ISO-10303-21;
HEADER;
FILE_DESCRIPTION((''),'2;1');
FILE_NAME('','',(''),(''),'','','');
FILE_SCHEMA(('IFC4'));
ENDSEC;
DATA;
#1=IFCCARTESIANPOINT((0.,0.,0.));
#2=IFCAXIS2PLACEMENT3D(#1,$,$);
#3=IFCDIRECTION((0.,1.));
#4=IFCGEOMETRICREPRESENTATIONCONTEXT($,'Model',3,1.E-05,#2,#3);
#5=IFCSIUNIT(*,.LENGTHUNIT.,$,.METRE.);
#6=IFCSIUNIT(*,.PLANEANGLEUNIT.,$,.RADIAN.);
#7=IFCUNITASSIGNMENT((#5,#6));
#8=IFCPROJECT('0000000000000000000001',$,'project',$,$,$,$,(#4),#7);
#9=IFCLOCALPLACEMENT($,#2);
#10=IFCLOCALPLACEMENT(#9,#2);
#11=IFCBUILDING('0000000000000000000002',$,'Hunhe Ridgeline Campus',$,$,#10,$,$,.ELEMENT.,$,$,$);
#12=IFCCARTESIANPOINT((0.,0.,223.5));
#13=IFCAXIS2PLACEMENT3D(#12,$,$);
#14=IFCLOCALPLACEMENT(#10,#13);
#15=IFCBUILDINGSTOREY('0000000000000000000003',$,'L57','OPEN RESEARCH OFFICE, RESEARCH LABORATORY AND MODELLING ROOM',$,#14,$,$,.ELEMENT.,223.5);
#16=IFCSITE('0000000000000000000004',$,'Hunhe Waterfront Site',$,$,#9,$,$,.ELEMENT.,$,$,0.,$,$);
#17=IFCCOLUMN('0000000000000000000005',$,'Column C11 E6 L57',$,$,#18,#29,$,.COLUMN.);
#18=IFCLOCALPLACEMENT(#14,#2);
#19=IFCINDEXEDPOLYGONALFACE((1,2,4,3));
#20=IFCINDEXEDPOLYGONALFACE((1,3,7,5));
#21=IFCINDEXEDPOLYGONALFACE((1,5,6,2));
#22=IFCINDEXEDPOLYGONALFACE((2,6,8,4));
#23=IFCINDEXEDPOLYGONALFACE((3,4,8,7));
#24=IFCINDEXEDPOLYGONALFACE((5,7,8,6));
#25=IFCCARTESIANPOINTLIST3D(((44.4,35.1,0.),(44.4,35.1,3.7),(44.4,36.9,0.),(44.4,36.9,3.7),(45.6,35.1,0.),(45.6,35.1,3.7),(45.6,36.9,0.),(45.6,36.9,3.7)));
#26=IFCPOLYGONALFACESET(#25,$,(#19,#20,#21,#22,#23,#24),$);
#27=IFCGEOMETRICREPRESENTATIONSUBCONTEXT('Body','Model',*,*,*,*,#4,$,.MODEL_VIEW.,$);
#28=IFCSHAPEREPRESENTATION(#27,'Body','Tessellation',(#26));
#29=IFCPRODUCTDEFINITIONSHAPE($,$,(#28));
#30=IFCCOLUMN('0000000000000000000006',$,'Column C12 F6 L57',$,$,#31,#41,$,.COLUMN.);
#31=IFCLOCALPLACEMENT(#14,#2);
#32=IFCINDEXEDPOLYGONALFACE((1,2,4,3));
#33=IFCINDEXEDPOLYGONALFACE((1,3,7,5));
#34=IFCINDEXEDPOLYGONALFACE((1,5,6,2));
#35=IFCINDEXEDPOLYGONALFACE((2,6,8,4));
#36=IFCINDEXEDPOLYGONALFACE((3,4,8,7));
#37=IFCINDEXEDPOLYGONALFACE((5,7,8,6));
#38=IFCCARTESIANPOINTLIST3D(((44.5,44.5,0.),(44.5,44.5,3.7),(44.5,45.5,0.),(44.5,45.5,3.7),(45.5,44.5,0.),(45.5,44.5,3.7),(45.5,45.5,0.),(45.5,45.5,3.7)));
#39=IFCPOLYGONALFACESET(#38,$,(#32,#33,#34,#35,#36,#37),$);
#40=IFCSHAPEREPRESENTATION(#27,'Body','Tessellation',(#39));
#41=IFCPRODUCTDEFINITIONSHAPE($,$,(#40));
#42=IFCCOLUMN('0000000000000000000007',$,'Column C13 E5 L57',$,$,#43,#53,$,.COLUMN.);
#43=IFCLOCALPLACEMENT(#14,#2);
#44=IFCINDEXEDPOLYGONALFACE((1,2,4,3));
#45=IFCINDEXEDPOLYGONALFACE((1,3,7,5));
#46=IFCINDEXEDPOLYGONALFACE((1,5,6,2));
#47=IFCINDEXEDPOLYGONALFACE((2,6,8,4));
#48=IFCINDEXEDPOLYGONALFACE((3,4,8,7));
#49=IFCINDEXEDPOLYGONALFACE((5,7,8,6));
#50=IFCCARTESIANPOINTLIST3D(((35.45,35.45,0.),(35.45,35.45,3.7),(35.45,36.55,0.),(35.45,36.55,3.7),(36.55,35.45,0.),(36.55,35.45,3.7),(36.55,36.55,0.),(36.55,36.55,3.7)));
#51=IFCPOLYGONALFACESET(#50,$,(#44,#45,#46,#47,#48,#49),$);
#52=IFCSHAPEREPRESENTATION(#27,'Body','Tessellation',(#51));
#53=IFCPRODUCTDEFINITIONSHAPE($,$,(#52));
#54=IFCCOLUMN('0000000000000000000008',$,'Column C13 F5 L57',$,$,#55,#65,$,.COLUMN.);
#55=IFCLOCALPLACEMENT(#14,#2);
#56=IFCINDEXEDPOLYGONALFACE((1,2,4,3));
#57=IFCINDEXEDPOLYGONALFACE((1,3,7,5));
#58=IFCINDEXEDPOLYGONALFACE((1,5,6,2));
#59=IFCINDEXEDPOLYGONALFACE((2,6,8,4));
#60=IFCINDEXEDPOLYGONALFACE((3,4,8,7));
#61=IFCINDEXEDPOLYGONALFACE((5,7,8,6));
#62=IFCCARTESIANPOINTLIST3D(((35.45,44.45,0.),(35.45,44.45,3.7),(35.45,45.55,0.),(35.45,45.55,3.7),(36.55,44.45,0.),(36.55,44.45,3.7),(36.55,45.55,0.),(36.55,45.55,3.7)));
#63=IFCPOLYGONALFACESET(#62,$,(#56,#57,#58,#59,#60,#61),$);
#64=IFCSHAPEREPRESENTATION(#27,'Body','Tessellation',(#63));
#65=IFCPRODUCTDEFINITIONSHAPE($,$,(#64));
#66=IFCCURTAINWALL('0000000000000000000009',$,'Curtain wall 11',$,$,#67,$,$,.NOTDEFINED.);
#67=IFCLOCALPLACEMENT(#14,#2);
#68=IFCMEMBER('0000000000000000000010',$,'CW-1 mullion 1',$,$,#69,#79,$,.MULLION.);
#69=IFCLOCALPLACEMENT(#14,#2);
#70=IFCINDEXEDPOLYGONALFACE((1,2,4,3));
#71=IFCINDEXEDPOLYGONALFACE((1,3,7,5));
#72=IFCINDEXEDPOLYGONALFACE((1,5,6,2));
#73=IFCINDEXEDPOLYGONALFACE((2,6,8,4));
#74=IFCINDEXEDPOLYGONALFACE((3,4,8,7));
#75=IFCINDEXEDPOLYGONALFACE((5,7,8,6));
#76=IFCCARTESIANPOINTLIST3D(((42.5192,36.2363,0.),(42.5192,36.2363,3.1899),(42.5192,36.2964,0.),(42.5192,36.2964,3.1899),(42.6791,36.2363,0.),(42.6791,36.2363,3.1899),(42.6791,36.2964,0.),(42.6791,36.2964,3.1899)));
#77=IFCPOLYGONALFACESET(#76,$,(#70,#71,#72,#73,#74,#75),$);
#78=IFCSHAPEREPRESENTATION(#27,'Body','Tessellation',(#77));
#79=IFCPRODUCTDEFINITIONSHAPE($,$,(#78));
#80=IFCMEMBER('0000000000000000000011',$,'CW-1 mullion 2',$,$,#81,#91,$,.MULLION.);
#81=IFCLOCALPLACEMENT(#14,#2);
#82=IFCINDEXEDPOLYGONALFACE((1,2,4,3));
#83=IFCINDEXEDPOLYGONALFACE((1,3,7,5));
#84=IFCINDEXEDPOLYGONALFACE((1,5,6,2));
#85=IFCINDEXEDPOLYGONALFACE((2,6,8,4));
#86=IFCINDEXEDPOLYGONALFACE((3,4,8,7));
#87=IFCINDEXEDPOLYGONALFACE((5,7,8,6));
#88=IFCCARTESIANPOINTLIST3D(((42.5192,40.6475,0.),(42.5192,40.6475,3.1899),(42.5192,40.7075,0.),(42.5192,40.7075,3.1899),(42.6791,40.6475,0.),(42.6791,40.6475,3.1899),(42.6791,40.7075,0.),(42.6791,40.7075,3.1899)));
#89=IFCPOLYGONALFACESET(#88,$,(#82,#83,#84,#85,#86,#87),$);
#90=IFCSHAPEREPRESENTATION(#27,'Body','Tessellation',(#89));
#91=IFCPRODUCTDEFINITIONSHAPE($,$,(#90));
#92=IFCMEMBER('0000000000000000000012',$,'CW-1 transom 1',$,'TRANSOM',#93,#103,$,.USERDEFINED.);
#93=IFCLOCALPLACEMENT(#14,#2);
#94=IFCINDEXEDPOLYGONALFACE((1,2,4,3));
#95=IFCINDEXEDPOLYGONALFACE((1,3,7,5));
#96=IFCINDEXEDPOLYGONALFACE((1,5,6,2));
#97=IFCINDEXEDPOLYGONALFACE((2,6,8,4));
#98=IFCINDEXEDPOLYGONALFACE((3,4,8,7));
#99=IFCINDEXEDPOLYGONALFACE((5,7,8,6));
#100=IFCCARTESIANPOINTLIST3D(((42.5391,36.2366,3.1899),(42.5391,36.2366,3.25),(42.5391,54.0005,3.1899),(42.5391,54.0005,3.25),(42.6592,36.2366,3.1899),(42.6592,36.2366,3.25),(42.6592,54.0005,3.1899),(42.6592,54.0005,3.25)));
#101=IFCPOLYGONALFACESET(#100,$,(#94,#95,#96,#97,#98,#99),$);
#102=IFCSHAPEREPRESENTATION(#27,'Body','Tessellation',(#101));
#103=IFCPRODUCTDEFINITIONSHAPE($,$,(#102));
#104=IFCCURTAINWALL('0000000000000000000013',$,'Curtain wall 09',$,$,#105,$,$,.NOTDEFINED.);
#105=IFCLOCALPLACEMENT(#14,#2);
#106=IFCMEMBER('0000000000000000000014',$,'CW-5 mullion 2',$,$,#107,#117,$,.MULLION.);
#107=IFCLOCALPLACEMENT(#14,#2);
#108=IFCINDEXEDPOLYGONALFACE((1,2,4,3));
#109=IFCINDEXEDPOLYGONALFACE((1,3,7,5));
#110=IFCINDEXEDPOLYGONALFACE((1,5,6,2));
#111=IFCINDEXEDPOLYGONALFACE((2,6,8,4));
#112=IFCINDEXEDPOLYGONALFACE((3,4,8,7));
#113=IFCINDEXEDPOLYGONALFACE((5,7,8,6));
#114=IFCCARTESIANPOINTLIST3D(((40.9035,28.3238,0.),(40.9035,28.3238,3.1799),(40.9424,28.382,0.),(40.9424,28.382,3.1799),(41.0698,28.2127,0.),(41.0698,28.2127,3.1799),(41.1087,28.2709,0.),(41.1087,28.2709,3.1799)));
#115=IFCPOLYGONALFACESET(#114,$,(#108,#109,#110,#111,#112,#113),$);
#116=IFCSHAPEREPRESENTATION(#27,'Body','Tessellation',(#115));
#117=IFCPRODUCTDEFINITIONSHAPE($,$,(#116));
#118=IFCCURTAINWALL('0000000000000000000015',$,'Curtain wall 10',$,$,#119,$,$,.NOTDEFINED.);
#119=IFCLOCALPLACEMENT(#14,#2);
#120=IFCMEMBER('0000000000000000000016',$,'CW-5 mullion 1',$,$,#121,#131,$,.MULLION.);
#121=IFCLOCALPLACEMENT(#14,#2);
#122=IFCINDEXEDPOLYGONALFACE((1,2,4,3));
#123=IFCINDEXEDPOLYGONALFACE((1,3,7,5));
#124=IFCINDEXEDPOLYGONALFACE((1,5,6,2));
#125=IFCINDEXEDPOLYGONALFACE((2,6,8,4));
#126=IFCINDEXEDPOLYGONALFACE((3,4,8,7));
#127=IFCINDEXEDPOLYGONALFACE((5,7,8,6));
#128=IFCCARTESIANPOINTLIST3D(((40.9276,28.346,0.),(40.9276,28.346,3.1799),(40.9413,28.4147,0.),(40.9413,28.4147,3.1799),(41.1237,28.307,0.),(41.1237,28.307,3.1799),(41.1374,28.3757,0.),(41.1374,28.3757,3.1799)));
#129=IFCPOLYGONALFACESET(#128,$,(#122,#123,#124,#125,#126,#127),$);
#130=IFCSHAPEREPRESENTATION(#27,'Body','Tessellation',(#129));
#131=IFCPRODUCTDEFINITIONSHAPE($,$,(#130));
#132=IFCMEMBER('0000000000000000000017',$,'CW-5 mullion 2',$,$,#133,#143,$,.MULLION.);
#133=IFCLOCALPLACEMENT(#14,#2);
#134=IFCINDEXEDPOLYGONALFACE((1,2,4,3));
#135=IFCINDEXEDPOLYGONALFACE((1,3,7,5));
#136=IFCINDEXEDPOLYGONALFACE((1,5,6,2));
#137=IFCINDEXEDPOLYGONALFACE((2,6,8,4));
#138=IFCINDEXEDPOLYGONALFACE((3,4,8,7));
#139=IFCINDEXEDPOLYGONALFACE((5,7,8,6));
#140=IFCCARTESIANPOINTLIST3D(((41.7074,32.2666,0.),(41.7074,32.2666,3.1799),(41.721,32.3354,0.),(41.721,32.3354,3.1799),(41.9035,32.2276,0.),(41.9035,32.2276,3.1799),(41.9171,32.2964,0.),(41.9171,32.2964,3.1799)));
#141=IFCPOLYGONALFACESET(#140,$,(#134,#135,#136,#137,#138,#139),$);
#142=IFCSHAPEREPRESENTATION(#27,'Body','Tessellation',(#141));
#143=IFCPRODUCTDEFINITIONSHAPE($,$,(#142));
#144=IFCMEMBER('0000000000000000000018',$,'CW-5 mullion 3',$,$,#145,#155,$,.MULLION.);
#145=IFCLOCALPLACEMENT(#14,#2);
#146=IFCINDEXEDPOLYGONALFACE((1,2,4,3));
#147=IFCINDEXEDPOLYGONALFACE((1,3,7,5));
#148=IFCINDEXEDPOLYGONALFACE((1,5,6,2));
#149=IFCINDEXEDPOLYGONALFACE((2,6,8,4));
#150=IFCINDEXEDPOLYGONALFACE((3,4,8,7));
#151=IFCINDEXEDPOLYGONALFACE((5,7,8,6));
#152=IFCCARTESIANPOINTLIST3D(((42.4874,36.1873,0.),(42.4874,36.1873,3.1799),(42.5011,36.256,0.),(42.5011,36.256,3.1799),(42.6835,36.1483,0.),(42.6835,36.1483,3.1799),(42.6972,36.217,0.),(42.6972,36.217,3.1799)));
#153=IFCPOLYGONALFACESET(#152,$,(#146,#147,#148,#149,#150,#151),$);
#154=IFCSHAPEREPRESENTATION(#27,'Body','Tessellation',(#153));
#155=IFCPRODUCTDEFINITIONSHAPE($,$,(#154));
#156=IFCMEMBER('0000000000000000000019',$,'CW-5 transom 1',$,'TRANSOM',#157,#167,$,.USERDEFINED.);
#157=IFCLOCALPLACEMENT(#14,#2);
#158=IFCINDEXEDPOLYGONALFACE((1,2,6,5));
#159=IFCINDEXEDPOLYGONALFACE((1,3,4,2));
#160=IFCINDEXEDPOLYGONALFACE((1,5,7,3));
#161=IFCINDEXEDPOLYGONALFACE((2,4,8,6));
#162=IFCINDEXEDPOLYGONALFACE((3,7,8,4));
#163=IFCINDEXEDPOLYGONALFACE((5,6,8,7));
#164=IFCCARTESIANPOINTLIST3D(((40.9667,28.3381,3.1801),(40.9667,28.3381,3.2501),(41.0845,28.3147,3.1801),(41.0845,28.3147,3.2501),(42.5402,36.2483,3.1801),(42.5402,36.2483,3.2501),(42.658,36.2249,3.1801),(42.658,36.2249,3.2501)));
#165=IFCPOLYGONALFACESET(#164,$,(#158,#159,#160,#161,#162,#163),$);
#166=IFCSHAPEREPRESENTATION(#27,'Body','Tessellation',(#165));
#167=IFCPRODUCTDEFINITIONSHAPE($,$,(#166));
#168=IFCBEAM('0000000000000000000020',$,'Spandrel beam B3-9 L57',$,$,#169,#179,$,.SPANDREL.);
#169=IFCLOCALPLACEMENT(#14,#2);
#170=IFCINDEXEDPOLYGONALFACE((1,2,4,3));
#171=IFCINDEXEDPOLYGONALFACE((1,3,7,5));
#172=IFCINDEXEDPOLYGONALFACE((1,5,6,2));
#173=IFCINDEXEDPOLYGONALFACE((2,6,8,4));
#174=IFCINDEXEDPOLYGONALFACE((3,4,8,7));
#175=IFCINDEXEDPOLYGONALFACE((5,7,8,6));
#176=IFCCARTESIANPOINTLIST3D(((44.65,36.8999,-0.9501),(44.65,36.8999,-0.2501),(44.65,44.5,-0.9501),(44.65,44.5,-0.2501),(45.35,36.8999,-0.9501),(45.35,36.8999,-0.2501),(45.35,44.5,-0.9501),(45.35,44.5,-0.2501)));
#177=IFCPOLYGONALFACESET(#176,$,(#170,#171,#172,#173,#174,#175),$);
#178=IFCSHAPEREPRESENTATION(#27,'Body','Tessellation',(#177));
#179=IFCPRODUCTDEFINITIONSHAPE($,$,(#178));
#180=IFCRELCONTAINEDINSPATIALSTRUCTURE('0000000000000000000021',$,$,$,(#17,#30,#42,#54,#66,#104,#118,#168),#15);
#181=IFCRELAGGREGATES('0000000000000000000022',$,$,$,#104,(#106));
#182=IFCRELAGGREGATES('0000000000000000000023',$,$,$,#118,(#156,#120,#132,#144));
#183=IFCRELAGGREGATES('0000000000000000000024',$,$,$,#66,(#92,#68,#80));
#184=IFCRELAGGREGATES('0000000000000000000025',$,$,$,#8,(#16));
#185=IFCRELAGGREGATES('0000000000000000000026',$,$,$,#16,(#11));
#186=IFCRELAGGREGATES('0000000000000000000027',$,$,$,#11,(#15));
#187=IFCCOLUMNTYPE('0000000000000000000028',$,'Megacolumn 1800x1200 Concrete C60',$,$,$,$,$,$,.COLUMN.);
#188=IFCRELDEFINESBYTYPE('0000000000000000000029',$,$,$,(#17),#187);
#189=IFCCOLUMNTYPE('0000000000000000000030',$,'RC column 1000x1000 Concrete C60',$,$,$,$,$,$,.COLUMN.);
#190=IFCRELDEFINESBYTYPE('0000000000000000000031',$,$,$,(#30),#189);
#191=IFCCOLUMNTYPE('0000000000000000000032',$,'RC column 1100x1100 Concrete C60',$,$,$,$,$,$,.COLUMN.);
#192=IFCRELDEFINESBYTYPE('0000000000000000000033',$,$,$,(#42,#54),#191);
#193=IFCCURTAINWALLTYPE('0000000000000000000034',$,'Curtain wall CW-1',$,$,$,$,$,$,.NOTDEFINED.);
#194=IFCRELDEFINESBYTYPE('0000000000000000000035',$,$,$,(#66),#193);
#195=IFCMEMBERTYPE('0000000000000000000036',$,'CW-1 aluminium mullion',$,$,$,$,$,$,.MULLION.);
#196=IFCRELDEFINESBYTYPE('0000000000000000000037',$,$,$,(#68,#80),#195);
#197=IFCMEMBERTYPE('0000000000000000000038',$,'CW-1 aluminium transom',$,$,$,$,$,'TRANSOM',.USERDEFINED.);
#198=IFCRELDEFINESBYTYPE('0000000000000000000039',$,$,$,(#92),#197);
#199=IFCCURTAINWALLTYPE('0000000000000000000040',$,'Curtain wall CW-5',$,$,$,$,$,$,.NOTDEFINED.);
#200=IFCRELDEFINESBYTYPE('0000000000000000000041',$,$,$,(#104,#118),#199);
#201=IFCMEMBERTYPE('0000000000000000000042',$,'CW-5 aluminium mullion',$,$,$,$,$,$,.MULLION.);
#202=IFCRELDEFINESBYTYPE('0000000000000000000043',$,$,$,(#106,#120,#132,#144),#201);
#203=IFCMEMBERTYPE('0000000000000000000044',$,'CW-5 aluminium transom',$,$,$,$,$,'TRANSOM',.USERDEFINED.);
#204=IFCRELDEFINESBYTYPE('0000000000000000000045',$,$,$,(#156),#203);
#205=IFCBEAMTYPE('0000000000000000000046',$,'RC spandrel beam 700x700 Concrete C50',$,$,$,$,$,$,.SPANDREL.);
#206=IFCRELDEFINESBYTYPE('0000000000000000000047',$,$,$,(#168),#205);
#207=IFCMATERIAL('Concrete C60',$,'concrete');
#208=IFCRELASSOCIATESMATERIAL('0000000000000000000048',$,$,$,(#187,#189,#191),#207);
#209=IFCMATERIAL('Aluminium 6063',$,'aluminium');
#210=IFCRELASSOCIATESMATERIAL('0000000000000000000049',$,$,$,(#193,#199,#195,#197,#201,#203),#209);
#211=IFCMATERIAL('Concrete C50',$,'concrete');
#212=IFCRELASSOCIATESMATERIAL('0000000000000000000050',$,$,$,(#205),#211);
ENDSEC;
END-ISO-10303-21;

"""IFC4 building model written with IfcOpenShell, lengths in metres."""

from ifc_helpers import new_model, si_unit, direction, frame, origin, origin_2d, place, context, subcontext, project, spatial, rectangle, extrude, material, material_profile, profile_set, type_object, element, aggregate, save


model = new_model("IFC4")

# Units and contexts
model_context = context("Model", 3, precision=1e-05, world=origin(), true_north=direction((0.0, 1.0)))
body_context = subcontext(model_context, "Body", "Model", "MODEL_VIEW")
ifc_project = project(units=[si_unit("LENGTHUNIT", "METRE"), si_unit("PLANEANGLEUNIT", "RADIAN")], contexts=[model_context])

# Site, building, storey
site_placement = place(None, origin())
site = spatial("IfcSite", under=ifc_project, at=site_placement, Name="Hunhe Waterfront Site", CompositionType="ELEMENT", RefElevation=0.0)
building_placement = place(site_placement, origin())
building = spatial("IfcBuilding", under=site, at=building_placement, Name="Hunhe Ridgeline Campus", CompositionType="ELEMENT")
storey_placement = place(building_placement, frame((0.0, 0.0, 223.5)))
storey = spatial("IfcBuildingStorey", under=building, at=storey_placement, Name="L57", Description="OPEN RESEARCH OFFICE, RESEARCH LABORATORY AND MODELLING ROOM", CompositionType="ELEMENT", Elevation=223.5)

# Columns
ifc_material_1 = material(Name="Concrete C60", Category="concrete")
ifc_material_profile_1 = material_profile(ifc_material_1, rectangle(XDim=1.8, YDim=1.2, at=origin_2d()))
ifc_profile_set_1 = profile_set([ifc_material_profile_1], Name="Concrete C60")
column_type_1 = type_object("IfcColumnType", Name="Megacolumn 1800x1200 Concrete C60", PredefinedType="COLUMN", material=ifc_profile_set_1)
column_1_placement = place(storey_placement, frame((45.0, 36.0, 0.0), z_axis=(0.0, 0.0, 1.0), x_axis=(0.0, 1.0, 0.0)))
element("IfcColumn", 1, at=column_1_placement, inside=storey, type_object=column_type_1, Name="Column C11 E6 L57", PredefinedType="COLUMN", context=body_context, shape_type="SweptSolid", body=[
    extrude(rectangle(XDim=1.8, YDim=1.2, at=origin_2d()), origin(), (0.0, 0.0, 1.0), 3.7),
])
ifc_material_profile_2 = material_profile(ifc_material_1, rectangle(XDim=1.0, YDim=1.0, at=origin_2d()))
ifc_profile_set_2 = profile_set([ifc_material_profile_2], Name="Concrete C60")
column_type_2 = type_object("IfcColumnType", Name="RC column 1000x1000 Concrete C60", PredefinedType="COLUMN", material=ifc_profile_set_2)
column_2_placement = place(storey_placement, frame((45.0, 45.0, 0.0), z_axis=(0.0, 0.0, 1.0), x_axis=(1.0, 0.0, 0.0)))
element("IfcColumn", 2, at=column_2_placement, inside=storey, type_object=column_type_2, Name="Column C12 F6 L57", PredefinedType="COLUMN", context=body_context, shape_type="SweptSolid", body=[
    extrude(rectangle(XDim=1.0, YDim=1.0, at=origin_2d()), origin(), (0.0, 0.0, 1.0), 3.7),
])
ifc_material_profile_3 = material_profile(ifc_material_1, rectangle(XDim=1.1001, YDim=1.1001, at=origin_2d()))
ifc_profile_set_3 = profile_set([ifc_material_profile_3], Name="Concrete C60")
column_type_3 = type_object("IfcColumnType", Name="RC column 1100x1100 Concrete C60", PredefinedType="COLUMN", material=ifc_profile_set_3)
for number, where, z_axis, x_axis, name in (
    (3, (36.0, 36.0, 0.0), (0.0, 0.0, 1.0), (1.0, 0.0, 0.0), "Column C13 E5 L57"),
    (4, (36.0, 45.0, 0.0), (0.0, 0.0, 1.0), (1.0, 0.0, 0.0), "Column C13 F5 L57"),
):
    element("IfcColumn", number, at=place(storey_placement, frame(where, z_axis=z_axis, x_axis=x_axis)), inside=storey, type_object=column_type_3, Name=name, PredefinedType="COLUMN", context=body_context, shape_type="SweptSolid", body=[
        extrude(rectangle(XDim=1.1001, YDim=1.1001, at=origin_2d()), origin(), (0.0, 0.0, 1.0), 3.7),
    ])

# Curtain wall, members
ifc_material_2 = material(Name="Aluminium 6063", Category="aluminium")
curtain_wall_type_1 = type_object("IfcCurtainWallType", Name="Curtain wall CW-1", PredefinedType="NOTDEFINED", material=ifc_material_2)
curtain_wall_1_placement = place(storey_placement, origin())
curtain_wall_1 = element("IfcCurtainWall", 5, at=curtain_wall_1_placement, inside=storey, type_object=curtain_wall_type_1, Name="Curtain wall 11", PredefinedType="NOTDEFINED")
ifc_material_profile_4 = material_profile(ifc_material_2, rectangle(XDim=0.1599, YDim=0.0601, at=origin_2d()))
ifc_profile_set_4 = profile_set([ifc_material_profile_4], Name="Aluminium 6063")
member_type_1 = type_object("IfcMemberType", Name="CW-1 aluminium mullion", PredefinedType="MULLION", material=ifc_profile_set_4)
member_1_placement = place(storey_placement, frame((42.5991, 36.2664, 0.0), z_axis=(0.0, 0.0, 1.0), x_axis=(-1.0, 0.000007, 0.0)))
member_1 = element("IfcMember", 6, at=member_1_placement, type_object=member_type_1, Name="CW-1 mullion 1", PredefinedType="MULLION", context=body_context, shape_type="SweptSolid", body=[
    extrude(rectangle(XDim=0.1599, YDim=0.0601, at=origin_2d()), origin(), (0.0, 0.0, 1.0), 3.1899),
])
member_2_placement = place(storey_placement, frame((42.5991, 40.6775, 0.0), z_axis=(0.0, 0.0, 1.0), x_axis=(-1.0, 0.000007, 0.0)))
member_2 = element("IfcMember", 7, at=member_2_placement, type_object=member_type_1, Name="CW-1 mullion 2", PredefinedType="MULLION", context=body_context, shape_type="SweptSolid", body=[
    extrude(rectangle(XDim=0.1599, YDim=0.0601, at=origin_2d()), origin(), (0.0, 0.0, 1.0), 3.1899),
])
ifc_material_profile_5 = material_profile(ifc_material_2, rectangle(XDim=0.1201, YDim=0.0601, at=origin_2d()))
ifc_profile_set_5 = profile_set([ifc_material_profile_5], Name="Aluminium 6063")
member_type_2 = type_object("IfcMemberType", Name="CW-1 aluminium transom", ElementType="TRANSOM", PredefinedType="USERDEFINED", material=ifc_profile_set_5)
member_3_placement = place(storey_placement, frame((42.5991, 36.2366, 3.22), z_axis=(0.0, 1.0, 0.0), x_axis=(-1.0, 0.0, 0.0)))
member_3 = element("IfcMember", 8, at=member_3_placement, type_object=member_type_2, Name="CW-1 transom 1", ObjectType="TRANSOM", PredefinedType="USERDEFINED", context=body_context, shape_type="SweptSolid", body=[
    extrude(rectangle(XDim=0.1201, YDim=0.0601, at=origin_2d()), origin(), (0.0, 0.0, 1.0), 17.7639),
])

# Curtain wall, member
curtain_wall_type_2 = type_object("IfcCurtainWallType", Name="Curtain wall CW-5", PredefinedType="NOTDEFINED", material=ifc_material_2)
curtain_wall_2_placement = place(storey_placement, origin())
curtain_wall_2 = element("IfcCurtainWall", 9, at=curtain_wall_2_placement, inside=storey, type_object=curtain_wall_type_2, Name="Curtain wall 09", PredefinedType="NOTDEFINED")
ifc_material_profile_6 = material_profile(ifc_material_2, rectangle(XDim=0.2, YDim=0.0701, at=origin_2d()))
ifc_profile_set_6 = profile_set([ifc_material_profile_6], Name="Aluminium 6063")
member_type_3 = type_object("IfcMemberType", Name="CW-5 aluminium mullion", PredefinedType="MULLION", material=ifc_profile_set_6)
member_4_placement = place(storey_placement, frame((41.0061, 28.2974, 0.0), z_axis=(0.0, 0.0, 1.0), x_axis=(-0.83147, 0.55557, 0.0)))
member_4 = element("IfcMember", 10, at=member_4_placement, type_object=member_type_3, Name="CW-5 mullion 2", PredefinedType="MULLION", context=body_context, shape_type="SweptSolid", body=[
    extrude(rectangle(XDim=0.2, YDim=0.0701, at=origin_2d()), origin(), (0.0, 0.0, 1.0), 3.1799),
])
aggregate(curtain_wall_2, [member_4])

# Curtain wall, members
curtain_wall_3_placement = place(storey_placement, origin())
curtain_wall_3 = element("IfcCurtainWall", 11, at=curtain_wall_3_placement, inside=storey, type_object=curtain_wall_type_2, Name="Curtain wall 10", PredefinedType="NOTDEFINED")
member_5_placement = place(storey_placement, frame((41.0325, 28.3608, 0.0), z_axis=(0.0, 0.0, 1.0), x_axis=(-0.980785, 0.19509, 0.0)))
member_5 = element("IfcMember", 12, at=member_5_placement, type_object=member_type_3, Name="CW-5 mullion 1", PredefinedType="MULLION", context=body_context, shape_type="SweptSolid", body=[
    extrude(rectangle(XDim=0.2, YDim=0.0701, at=origin_2d()), origin(), (0.0, 0.0, 1.0), 3.1799),
])
member_6_placement = place(storey_placement, frame((41.8123, 32.2815, 0.0), z_axis=(0.0, 0.0, 1.0), x_axis=(-0.980785, 0.19509, 0.0)))
member_6 = element("IfcMember", 13, at=member_6_placement, type_object=member_type_3, Name="CW-5 mullion 2", PredefinedType="MULLION", context=body_context, shape_type="SweptSolid", body=[
    extrude(rectangle(XDim=0.2, YDim=0.0701, at=origin_2d()), origin(), (0.0, 0.0, 1.0), 3.1799),
])
member_7_placement = place(storey_placement, frame((42.5923, 36.2021, 0.0), z_axis=(0.0, 0.0, 1.0), x_axis=(-0.980785, 0.19509, 0.0)))
member_7 = element("IfcMember", 14, at=member_7_placement, type_object=member_type_3, Name="CW-5 mullion 3", PredefinedType="MULLION", context=body_context, shape_type="SweptSolid", body=[
    extrude(rectangle(XDim=0.2, YDim=0.0701, at=origin_2d()), origin(), (0.0, 0.0, 1.0), 3.1799),
])
ifc_material_profile_7 = material_profile(ifc_material_2, rectangle(XDim=0.1201, YDim=0.0701, at=origin_2d()))
ifc_profile_set_7 = profile_set([ifc_material_profile_7], Name="Aluminium 6063")
member_type_4 = type_object("IfcMemberType", Name="CW-5 aluminium transom", ElementType="TRANSOM", PredefinedType="USERDEFINED", material=ifc_profile_set_7)
member_8_placement = place(storey_placement, frame((41.0256, 28.3264, 3.2151), z_axis=(0.195097, 0.980784, 0.0), x_axis=(-0.980784, 0.195097, 0.0)))
member_8 = element("IfcMember", 15, at=member_8_placement, type_object=member_type_4, Name="CW-5 transom 1", ObjectType="TRANSOM", PredefinedType="USERDEFINED", context=body_context, shape_type="SweptSolid", body=[
    extrude(rectangle(XDim=0.1201, YDim=0.0701, at=origin_2d()), origin(), (0.0, 0.0, 1.0), 8.0652),
])

# Beam
ifc_material_3 = material(Name="Concrete C50", Category="concrete")
ifc_material_profile_8 = material_profile(ifc_material_3, rectangle(XDim=0.7, YDim=0.7, at=origin_2d()))
ifc_profile_set_8 = profile_set([ifc_material_profile_8], Name="Concrete C50")
beam_type = type_object("IfcBeamType", Name="RC spandrel beam 700x700 Concrete C50", PredefinedType="SPANDREL", material=ifc_profile_set_8)
beam_placement = place(storey_placement, frame((45.0, 36.8999, -0.6001), z_axis=(0.0, 1.0, 0.0), x_axis=(-1.0, 0.0, 0.0)))
element("IfcBeam", 16, at=beam_placement, inside=storey, type_object=beam_type, Name="Spandrel beam B3-9 L57", PredefinedType="SPANDREL", context=body_context, shape_type="SweptSolid", body=[
    extrude(rectangle(XDim=0.7, YDim=0.7, at=origin_2d()), origin(), (0.0, 0.0, 1.0), 7.6001),
])

aggregate(curtain_wall_3, [member_8, member_5, member_6, member_7])
aggregate(curtain_wall_1, [member_3, member_1, member_2])

save(model, "model.ifc")
